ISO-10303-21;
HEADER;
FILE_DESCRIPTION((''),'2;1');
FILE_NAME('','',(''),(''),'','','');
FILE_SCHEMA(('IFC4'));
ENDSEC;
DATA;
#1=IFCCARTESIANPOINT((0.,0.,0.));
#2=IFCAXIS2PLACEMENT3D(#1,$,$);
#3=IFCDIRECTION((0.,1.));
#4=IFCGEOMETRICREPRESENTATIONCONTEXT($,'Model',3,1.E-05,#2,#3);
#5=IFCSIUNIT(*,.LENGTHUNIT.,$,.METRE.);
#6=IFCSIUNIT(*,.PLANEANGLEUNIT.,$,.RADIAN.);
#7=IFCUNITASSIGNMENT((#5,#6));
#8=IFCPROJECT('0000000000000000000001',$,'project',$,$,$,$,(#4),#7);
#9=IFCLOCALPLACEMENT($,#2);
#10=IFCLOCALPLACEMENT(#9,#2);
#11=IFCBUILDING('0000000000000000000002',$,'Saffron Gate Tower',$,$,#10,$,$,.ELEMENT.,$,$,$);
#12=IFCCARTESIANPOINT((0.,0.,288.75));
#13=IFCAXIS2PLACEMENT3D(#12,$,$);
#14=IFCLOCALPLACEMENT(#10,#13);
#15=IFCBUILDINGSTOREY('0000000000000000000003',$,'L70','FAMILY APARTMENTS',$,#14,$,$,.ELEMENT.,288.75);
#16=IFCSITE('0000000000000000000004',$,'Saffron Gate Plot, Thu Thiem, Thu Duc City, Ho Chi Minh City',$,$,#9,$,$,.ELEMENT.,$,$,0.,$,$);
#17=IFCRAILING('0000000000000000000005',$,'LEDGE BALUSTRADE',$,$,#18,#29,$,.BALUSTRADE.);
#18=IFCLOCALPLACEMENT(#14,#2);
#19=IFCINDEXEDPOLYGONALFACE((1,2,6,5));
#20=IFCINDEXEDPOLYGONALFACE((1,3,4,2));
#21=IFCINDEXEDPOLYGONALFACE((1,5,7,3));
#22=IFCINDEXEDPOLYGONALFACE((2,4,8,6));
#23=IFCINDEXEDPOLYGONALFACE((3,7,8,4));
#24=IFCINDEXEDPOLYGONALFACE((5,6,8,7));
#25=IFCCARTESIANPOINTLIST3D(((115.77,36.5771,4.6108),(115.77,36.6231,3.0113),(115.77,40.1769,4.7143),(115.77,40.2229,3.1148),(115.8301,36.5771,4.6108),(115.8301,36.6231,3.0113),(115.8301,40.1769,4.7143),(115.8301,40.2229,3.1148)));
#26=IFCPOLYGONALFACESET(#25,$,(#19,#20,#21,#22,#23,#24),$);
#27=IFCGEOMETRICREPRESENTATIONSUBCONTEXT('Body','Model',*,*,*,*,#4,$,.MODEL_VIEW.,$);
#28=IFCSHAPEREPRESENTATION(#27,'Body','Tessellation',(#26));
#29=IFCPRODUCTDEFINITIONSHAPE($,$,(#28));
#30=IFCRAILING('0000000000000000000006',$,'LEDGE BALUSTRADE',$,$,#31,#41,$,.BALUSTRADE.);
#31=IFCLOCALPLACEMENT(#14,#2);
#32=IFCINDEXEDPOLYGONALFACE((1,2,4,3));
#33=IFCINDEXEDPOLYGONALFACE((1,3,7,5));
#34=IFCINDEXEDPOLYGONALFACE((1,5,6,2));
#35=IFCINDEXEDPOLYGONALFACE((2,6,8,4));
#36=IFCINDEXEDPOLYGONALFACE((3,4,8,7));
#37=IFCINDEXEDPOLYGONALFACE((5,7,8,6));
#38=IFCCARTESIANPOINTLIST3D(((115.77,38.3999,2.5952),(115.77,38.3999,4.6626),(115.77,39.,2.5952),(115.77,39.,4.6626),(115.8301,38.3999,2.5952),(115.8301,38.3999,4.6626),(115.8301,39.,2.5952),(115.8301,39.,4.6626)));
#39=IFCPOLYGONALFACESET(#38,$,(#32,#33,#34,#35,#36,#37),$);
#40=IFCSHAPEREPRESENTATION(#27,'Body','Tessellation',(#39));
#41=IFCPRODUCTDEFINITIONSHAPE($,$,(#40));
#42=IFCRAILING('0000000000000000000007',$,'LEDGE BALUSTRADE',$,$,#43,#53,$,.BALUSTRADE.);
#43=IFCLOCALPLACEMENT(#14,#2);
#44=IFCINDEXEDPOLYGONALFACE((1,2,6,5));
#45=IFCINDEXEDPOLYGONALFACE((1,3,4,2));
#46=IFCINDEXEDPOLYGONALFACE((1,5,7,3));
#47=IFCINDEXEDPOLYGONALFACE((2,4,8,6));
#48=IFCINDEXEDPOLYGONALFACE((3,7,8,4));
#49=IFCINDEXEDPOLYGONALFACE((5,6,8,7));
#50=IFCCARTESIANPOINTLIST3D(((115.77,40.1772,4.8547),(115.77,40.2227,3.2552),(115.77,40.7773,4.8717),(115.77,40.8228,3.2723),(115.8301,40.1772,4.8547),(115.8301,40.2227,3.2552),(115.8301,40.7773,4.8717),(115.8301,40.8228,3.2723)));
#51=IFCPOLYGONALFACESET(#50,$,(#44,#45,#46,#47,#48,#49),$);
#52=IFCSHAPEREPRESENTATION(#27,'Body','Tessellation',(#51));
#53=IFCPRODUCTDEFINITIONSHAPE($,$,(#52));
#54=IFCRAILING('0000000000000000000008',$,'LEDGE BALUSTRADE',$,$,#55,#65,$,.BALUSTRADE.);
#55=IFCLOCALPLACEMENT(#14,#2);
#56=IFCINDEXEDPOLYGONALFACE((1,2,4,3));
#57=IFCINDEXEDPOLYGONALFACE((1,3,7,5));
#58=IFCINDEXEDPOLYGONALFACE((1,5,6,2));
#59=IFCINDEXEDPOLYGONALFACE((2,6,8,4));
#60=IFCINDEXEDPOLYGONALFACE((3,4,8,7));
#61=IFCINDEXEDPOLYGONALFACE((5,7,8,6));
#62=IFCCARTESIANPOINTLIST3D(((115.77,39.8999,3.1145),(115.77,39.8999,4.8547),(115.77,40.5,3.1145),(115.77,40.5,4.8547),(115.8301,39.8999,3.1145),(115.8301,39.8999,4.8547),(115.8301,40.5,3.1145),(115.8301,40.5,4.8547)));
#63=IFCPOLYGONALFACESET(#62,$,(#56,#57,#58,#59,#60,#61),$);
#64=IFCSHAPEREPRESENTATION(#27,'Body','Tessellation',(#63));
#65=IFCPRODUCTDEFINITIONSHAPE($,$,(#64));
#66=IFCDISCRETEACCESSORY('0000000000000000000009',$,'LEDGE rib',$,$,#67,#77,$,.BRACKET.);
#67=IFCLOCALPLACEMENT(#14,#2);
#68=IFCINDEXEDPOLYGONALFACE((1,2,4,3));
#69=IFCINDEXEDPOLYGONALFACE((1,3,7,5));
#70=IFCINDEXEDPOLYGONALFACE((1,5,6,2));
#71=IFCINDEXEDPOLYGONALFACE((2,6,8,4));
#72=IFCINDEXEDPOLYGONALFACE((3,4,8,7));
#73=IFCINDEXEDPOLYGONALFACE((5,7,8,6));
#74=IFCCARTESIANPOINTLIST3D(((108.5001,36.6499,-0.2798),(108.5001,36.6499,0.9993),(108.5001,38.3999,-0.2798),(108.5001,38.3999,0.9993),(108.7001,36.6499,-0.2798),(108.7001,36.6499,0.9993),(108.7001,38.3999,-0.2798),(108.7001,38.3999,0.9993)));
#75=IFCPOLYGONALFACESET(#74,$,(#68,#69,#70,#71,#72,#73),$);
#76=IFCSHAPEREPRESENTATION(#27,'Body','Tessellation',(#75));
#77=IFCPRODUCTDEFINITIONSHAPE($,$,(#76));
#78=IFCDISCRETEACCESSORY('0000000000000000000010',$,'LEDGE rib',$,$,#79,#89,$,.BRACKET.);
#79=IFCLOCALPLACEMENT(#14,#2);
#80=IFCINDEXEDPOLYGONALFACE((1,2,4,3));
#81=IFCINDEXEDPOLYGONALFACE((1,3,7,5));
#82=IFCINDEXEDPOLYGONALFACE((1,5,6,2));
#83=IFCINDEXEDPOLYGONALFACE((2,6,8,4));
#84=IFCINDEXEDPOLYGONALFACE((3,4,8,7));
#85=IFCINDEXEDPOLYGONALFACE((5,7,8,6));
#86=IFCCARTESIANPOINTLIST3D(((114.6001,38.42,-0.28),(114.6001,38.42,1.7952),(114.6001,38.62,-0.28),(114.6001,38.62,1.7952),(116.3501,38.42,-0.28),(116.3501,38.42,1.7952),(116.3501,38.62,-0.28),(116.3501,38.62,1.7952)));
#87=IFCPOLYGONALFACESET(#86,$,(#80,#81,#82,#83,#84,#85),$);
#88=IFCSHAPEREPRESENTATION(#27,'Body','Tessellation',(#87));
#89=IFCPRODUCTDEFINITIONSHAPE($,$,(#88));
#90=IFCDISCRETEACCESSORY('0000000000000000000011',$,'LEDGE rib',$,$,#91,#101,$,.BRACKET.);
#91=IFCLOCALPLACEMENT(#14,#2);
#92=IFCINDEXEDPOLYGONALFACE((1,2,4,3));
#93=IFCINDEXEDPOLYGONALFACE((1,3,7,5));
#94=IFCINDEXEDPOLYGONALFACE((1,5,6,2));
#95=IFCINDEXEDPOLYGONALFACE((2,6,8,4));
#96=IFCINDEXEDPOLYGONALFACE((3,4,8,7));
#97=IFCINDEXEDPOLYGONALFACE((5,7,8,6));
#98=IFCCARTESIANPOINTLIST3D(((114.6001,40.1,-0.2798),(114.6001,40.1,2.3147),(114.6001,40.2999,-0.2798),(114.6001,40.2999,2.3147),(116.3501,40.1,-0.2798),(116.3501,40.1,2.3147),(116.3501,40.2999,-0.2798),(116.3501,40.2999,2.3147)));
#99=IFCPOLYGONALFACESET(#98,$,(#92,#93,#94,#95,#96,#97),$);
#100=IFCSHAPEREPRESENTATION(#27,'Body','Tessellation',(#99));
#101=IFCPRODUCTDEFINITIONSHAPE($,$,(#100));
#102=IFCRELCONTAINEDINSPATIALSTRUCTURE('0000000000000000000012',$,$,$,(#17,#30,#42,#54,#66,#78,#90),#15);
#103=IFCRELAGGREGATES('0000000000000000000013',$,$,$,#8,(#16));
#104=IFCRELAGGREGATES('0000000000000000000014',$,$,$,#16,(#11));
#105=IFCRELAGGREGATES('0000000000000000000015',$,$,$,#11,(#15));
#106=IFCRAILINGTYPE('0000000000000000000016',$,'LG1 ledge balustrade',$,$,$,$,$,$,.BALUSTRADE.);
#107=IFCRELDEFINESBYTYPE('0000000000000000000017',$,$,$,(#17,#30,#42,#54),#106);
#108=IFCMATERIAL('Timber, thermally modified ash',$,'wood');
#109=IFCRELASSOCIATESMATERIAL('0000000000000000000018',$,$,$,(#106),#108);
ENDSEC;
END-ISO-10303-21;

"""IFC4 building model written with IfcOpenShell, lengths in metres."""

from ifc_helpers import new_model, si_unit, direction, frame, origin, origin_2d, place, context, subcontext, project, spatial, rectangle, extrude, material, type_object, element, save


model = new_model("IFC4")

# Units and contexts
model_context = context("Model", 3, precision=1e-05, world=origin(), true_north=direction((0.0, 1.0)))
body_context = subcontext(model_context, "Body", "Model", "MODEL_VIEW")
ifc_project = project(units=[si_unit("LENGTHUNIT", "METRE"), si_unit("PLANEANGLEUNIT", "RADIAN")], contexts=[model_context])

# Site, building, storey
site_placement = place(None, origin())
site = spatial("IfcSite", under=ifc_project, at=site_placement, Name="Saffron Gate Plot, Thu Thiem, Thu Duc City, Ho Chi Minh City", CompositionType="ELEMENT", RefElevation=0.0)
building_placement = place(site_placement, origin())
building = spatial("IfcBuilding", under=site, at=building_placement, Name="Saffron Gate Tower", CompositionType="ELEMENT")
storey_placement = place(building_placement, frame((0.0, 0.0, 288.75)))
storey = spatial("IfcBuildingStorey", under=building, at=storey_placement, Name="L70", Description="FAMILY APARTMENTS", CompositionType="ELEMENT", Elevation=288.75)

# Shared definitions
ifc_material_1 = material(Name="Timber, thermally modified ash", Category="wood")

# Railings
railing_type = type_object("IfcRailingType", Name="LG1 ledge balustrade", PredefinedType="BALUSTRADE", material=ifc_material_1)
railing_1_placement = place(storey_placement, frame((115.8, 36.6001, 3.011)))
element("IfcRailing", 1, at=railing_1_placement, inside=storey, type_object=railing_type, Name="LEDGE BALUSTRADE", PredefinedType="BALUSTRADE", context=body_context, shape_type="SweptSolid", body=[
    extrude(rectangle(XDim=0.0601, YDim=1.6001, at=origin_2d()), frame((0.0, 0.0, 0.8), z_axis=(0.0, 0.999587, 0.028744), x_axis=(-1.0, 0.0, 0.0)), (0.0, 0.0, 1.0), 3.6013),
])
railing_2_placement = place(storey_placement, frame((115.8, 38.3999, 2.5952)))
element("IfcRailing", 2, at=railing_2_placement, inside=storey, type_object=railing_type, Name="LEDGE BALUSTRADE", PredefinedType="BALUSTRADE", context=body_context, shape_type="SweptSolid", body=[
    extrude(rectangle(XDim=0.0601, YDim=2.0674, at=origin_2d()), frame((0.0, 0.0, 1.0337), z_axis=(0.0, 1.0, 0.0), x_axis=(-1.0, 0.0, 0.0)), (0.0, 0.0, 1.0), 0.6001),
])
railing_3_placement = place(storey_placement, frame((115.8, 40.2, 3.2549)))
element("IfcRailing", 3, at=railing_3_placement, inside=storey, type_object=railing_type, Name="LEDGE BALUSTRADE", PredefinedType="BALUSTRADE", context=body_context, shape_type="SweptSolid", body=[
    extrude(rectangle(XDim=0.0601, YDim=1.6001, at=origin_2d()), frame((0.0, 0.0, 0.8), z_axis=(0.0, 0.999595, 0.028467), x_axis=(-1.0, 0.0, 0.0)), (0.0, 0.0, 1.0), 0.6003),
])
railing_4_placement = place(storey_placement, frame((115.8, 39.8999, 3.1145)))
element("IfcRailing", 4, at=railing_4_placement, inside=storey, type_object=railing_type, Name="LEDGE BALUSTRADE", PredefinedType="BALUSTRADE", context=body_context, shape_type="SweptSolid", body=[
    extrude(rectangle(XDim=0.0601, YDim=1.7402, at=origin_2d()), frame((0.0, 0.0, 0.8701), z_axis=(0.0, 1.0, 0.0), x_axis=(-1.0, 0.0, 0.0)), (0.0, 0.0, 1.0), 0.6001),
])

# Discrete accessories
discrete_accessory_1_placement = place(storey_placement, frame((108.6001, 37.5249, -0.2798), z_axis=(0.0, 0.0, 1.0), x_axis=(1.0, 0.0, 0.0)))
element("IfcDiscreteAccessory", 5, at=discrete_accessory_1_placement, inside=storey, Name="LEDGE rib", PredefinedType="BRACKET", context=body_context, shape_type="SweptSolid", body=[
    extrude(rectangle(XDim=0.2, YDim=1.75, at=origin_2d()), origin(), (0.0, 0.0, 1.0), 1.2791),
])
discrete_accessory_2_placement = place(storey_placement, frame((115.4751, 38.52, -0.28), z_axis=(0.0, 0.0, 1.0), x_axis=(0.0, 1.0, 0.0)))
element("IfcDiscreteAccessory", 6, at=discrete_accessory_2_placement, inside=storey, Name="LEDGE rib", PredefinedType="BRACKET", context=body_context, shape_type="SweptSolid", body=[
    extrude(rectangle(XDim=0.2, YDim=1.75, at=origin_2d()), origin(), (0.0, 0.0, 1.0), 2.0752),
])
discrete_accessory_3_placement = place(storey_placement, frame((115.4751, 40.2, -0.2798), z_axis=(0.0, 0.0, 1.0), x_axis=(0.0, 1.0, 0.0)))
element("IfcDiscreteAccessory", 7, at=discrete_accessory_3_placement, inside=storey, Name="LEDGE rib", PredefinedType="BRACKET", context=body_context, shape_type="SweptSolid", body=[
    extrude(rectangle(XDim=0.2, YDim=1.75, at=origin_2d()), origin(), (0.0, 0.0, 1.0), 2.5945),
])

save(model, "model.ifc")
